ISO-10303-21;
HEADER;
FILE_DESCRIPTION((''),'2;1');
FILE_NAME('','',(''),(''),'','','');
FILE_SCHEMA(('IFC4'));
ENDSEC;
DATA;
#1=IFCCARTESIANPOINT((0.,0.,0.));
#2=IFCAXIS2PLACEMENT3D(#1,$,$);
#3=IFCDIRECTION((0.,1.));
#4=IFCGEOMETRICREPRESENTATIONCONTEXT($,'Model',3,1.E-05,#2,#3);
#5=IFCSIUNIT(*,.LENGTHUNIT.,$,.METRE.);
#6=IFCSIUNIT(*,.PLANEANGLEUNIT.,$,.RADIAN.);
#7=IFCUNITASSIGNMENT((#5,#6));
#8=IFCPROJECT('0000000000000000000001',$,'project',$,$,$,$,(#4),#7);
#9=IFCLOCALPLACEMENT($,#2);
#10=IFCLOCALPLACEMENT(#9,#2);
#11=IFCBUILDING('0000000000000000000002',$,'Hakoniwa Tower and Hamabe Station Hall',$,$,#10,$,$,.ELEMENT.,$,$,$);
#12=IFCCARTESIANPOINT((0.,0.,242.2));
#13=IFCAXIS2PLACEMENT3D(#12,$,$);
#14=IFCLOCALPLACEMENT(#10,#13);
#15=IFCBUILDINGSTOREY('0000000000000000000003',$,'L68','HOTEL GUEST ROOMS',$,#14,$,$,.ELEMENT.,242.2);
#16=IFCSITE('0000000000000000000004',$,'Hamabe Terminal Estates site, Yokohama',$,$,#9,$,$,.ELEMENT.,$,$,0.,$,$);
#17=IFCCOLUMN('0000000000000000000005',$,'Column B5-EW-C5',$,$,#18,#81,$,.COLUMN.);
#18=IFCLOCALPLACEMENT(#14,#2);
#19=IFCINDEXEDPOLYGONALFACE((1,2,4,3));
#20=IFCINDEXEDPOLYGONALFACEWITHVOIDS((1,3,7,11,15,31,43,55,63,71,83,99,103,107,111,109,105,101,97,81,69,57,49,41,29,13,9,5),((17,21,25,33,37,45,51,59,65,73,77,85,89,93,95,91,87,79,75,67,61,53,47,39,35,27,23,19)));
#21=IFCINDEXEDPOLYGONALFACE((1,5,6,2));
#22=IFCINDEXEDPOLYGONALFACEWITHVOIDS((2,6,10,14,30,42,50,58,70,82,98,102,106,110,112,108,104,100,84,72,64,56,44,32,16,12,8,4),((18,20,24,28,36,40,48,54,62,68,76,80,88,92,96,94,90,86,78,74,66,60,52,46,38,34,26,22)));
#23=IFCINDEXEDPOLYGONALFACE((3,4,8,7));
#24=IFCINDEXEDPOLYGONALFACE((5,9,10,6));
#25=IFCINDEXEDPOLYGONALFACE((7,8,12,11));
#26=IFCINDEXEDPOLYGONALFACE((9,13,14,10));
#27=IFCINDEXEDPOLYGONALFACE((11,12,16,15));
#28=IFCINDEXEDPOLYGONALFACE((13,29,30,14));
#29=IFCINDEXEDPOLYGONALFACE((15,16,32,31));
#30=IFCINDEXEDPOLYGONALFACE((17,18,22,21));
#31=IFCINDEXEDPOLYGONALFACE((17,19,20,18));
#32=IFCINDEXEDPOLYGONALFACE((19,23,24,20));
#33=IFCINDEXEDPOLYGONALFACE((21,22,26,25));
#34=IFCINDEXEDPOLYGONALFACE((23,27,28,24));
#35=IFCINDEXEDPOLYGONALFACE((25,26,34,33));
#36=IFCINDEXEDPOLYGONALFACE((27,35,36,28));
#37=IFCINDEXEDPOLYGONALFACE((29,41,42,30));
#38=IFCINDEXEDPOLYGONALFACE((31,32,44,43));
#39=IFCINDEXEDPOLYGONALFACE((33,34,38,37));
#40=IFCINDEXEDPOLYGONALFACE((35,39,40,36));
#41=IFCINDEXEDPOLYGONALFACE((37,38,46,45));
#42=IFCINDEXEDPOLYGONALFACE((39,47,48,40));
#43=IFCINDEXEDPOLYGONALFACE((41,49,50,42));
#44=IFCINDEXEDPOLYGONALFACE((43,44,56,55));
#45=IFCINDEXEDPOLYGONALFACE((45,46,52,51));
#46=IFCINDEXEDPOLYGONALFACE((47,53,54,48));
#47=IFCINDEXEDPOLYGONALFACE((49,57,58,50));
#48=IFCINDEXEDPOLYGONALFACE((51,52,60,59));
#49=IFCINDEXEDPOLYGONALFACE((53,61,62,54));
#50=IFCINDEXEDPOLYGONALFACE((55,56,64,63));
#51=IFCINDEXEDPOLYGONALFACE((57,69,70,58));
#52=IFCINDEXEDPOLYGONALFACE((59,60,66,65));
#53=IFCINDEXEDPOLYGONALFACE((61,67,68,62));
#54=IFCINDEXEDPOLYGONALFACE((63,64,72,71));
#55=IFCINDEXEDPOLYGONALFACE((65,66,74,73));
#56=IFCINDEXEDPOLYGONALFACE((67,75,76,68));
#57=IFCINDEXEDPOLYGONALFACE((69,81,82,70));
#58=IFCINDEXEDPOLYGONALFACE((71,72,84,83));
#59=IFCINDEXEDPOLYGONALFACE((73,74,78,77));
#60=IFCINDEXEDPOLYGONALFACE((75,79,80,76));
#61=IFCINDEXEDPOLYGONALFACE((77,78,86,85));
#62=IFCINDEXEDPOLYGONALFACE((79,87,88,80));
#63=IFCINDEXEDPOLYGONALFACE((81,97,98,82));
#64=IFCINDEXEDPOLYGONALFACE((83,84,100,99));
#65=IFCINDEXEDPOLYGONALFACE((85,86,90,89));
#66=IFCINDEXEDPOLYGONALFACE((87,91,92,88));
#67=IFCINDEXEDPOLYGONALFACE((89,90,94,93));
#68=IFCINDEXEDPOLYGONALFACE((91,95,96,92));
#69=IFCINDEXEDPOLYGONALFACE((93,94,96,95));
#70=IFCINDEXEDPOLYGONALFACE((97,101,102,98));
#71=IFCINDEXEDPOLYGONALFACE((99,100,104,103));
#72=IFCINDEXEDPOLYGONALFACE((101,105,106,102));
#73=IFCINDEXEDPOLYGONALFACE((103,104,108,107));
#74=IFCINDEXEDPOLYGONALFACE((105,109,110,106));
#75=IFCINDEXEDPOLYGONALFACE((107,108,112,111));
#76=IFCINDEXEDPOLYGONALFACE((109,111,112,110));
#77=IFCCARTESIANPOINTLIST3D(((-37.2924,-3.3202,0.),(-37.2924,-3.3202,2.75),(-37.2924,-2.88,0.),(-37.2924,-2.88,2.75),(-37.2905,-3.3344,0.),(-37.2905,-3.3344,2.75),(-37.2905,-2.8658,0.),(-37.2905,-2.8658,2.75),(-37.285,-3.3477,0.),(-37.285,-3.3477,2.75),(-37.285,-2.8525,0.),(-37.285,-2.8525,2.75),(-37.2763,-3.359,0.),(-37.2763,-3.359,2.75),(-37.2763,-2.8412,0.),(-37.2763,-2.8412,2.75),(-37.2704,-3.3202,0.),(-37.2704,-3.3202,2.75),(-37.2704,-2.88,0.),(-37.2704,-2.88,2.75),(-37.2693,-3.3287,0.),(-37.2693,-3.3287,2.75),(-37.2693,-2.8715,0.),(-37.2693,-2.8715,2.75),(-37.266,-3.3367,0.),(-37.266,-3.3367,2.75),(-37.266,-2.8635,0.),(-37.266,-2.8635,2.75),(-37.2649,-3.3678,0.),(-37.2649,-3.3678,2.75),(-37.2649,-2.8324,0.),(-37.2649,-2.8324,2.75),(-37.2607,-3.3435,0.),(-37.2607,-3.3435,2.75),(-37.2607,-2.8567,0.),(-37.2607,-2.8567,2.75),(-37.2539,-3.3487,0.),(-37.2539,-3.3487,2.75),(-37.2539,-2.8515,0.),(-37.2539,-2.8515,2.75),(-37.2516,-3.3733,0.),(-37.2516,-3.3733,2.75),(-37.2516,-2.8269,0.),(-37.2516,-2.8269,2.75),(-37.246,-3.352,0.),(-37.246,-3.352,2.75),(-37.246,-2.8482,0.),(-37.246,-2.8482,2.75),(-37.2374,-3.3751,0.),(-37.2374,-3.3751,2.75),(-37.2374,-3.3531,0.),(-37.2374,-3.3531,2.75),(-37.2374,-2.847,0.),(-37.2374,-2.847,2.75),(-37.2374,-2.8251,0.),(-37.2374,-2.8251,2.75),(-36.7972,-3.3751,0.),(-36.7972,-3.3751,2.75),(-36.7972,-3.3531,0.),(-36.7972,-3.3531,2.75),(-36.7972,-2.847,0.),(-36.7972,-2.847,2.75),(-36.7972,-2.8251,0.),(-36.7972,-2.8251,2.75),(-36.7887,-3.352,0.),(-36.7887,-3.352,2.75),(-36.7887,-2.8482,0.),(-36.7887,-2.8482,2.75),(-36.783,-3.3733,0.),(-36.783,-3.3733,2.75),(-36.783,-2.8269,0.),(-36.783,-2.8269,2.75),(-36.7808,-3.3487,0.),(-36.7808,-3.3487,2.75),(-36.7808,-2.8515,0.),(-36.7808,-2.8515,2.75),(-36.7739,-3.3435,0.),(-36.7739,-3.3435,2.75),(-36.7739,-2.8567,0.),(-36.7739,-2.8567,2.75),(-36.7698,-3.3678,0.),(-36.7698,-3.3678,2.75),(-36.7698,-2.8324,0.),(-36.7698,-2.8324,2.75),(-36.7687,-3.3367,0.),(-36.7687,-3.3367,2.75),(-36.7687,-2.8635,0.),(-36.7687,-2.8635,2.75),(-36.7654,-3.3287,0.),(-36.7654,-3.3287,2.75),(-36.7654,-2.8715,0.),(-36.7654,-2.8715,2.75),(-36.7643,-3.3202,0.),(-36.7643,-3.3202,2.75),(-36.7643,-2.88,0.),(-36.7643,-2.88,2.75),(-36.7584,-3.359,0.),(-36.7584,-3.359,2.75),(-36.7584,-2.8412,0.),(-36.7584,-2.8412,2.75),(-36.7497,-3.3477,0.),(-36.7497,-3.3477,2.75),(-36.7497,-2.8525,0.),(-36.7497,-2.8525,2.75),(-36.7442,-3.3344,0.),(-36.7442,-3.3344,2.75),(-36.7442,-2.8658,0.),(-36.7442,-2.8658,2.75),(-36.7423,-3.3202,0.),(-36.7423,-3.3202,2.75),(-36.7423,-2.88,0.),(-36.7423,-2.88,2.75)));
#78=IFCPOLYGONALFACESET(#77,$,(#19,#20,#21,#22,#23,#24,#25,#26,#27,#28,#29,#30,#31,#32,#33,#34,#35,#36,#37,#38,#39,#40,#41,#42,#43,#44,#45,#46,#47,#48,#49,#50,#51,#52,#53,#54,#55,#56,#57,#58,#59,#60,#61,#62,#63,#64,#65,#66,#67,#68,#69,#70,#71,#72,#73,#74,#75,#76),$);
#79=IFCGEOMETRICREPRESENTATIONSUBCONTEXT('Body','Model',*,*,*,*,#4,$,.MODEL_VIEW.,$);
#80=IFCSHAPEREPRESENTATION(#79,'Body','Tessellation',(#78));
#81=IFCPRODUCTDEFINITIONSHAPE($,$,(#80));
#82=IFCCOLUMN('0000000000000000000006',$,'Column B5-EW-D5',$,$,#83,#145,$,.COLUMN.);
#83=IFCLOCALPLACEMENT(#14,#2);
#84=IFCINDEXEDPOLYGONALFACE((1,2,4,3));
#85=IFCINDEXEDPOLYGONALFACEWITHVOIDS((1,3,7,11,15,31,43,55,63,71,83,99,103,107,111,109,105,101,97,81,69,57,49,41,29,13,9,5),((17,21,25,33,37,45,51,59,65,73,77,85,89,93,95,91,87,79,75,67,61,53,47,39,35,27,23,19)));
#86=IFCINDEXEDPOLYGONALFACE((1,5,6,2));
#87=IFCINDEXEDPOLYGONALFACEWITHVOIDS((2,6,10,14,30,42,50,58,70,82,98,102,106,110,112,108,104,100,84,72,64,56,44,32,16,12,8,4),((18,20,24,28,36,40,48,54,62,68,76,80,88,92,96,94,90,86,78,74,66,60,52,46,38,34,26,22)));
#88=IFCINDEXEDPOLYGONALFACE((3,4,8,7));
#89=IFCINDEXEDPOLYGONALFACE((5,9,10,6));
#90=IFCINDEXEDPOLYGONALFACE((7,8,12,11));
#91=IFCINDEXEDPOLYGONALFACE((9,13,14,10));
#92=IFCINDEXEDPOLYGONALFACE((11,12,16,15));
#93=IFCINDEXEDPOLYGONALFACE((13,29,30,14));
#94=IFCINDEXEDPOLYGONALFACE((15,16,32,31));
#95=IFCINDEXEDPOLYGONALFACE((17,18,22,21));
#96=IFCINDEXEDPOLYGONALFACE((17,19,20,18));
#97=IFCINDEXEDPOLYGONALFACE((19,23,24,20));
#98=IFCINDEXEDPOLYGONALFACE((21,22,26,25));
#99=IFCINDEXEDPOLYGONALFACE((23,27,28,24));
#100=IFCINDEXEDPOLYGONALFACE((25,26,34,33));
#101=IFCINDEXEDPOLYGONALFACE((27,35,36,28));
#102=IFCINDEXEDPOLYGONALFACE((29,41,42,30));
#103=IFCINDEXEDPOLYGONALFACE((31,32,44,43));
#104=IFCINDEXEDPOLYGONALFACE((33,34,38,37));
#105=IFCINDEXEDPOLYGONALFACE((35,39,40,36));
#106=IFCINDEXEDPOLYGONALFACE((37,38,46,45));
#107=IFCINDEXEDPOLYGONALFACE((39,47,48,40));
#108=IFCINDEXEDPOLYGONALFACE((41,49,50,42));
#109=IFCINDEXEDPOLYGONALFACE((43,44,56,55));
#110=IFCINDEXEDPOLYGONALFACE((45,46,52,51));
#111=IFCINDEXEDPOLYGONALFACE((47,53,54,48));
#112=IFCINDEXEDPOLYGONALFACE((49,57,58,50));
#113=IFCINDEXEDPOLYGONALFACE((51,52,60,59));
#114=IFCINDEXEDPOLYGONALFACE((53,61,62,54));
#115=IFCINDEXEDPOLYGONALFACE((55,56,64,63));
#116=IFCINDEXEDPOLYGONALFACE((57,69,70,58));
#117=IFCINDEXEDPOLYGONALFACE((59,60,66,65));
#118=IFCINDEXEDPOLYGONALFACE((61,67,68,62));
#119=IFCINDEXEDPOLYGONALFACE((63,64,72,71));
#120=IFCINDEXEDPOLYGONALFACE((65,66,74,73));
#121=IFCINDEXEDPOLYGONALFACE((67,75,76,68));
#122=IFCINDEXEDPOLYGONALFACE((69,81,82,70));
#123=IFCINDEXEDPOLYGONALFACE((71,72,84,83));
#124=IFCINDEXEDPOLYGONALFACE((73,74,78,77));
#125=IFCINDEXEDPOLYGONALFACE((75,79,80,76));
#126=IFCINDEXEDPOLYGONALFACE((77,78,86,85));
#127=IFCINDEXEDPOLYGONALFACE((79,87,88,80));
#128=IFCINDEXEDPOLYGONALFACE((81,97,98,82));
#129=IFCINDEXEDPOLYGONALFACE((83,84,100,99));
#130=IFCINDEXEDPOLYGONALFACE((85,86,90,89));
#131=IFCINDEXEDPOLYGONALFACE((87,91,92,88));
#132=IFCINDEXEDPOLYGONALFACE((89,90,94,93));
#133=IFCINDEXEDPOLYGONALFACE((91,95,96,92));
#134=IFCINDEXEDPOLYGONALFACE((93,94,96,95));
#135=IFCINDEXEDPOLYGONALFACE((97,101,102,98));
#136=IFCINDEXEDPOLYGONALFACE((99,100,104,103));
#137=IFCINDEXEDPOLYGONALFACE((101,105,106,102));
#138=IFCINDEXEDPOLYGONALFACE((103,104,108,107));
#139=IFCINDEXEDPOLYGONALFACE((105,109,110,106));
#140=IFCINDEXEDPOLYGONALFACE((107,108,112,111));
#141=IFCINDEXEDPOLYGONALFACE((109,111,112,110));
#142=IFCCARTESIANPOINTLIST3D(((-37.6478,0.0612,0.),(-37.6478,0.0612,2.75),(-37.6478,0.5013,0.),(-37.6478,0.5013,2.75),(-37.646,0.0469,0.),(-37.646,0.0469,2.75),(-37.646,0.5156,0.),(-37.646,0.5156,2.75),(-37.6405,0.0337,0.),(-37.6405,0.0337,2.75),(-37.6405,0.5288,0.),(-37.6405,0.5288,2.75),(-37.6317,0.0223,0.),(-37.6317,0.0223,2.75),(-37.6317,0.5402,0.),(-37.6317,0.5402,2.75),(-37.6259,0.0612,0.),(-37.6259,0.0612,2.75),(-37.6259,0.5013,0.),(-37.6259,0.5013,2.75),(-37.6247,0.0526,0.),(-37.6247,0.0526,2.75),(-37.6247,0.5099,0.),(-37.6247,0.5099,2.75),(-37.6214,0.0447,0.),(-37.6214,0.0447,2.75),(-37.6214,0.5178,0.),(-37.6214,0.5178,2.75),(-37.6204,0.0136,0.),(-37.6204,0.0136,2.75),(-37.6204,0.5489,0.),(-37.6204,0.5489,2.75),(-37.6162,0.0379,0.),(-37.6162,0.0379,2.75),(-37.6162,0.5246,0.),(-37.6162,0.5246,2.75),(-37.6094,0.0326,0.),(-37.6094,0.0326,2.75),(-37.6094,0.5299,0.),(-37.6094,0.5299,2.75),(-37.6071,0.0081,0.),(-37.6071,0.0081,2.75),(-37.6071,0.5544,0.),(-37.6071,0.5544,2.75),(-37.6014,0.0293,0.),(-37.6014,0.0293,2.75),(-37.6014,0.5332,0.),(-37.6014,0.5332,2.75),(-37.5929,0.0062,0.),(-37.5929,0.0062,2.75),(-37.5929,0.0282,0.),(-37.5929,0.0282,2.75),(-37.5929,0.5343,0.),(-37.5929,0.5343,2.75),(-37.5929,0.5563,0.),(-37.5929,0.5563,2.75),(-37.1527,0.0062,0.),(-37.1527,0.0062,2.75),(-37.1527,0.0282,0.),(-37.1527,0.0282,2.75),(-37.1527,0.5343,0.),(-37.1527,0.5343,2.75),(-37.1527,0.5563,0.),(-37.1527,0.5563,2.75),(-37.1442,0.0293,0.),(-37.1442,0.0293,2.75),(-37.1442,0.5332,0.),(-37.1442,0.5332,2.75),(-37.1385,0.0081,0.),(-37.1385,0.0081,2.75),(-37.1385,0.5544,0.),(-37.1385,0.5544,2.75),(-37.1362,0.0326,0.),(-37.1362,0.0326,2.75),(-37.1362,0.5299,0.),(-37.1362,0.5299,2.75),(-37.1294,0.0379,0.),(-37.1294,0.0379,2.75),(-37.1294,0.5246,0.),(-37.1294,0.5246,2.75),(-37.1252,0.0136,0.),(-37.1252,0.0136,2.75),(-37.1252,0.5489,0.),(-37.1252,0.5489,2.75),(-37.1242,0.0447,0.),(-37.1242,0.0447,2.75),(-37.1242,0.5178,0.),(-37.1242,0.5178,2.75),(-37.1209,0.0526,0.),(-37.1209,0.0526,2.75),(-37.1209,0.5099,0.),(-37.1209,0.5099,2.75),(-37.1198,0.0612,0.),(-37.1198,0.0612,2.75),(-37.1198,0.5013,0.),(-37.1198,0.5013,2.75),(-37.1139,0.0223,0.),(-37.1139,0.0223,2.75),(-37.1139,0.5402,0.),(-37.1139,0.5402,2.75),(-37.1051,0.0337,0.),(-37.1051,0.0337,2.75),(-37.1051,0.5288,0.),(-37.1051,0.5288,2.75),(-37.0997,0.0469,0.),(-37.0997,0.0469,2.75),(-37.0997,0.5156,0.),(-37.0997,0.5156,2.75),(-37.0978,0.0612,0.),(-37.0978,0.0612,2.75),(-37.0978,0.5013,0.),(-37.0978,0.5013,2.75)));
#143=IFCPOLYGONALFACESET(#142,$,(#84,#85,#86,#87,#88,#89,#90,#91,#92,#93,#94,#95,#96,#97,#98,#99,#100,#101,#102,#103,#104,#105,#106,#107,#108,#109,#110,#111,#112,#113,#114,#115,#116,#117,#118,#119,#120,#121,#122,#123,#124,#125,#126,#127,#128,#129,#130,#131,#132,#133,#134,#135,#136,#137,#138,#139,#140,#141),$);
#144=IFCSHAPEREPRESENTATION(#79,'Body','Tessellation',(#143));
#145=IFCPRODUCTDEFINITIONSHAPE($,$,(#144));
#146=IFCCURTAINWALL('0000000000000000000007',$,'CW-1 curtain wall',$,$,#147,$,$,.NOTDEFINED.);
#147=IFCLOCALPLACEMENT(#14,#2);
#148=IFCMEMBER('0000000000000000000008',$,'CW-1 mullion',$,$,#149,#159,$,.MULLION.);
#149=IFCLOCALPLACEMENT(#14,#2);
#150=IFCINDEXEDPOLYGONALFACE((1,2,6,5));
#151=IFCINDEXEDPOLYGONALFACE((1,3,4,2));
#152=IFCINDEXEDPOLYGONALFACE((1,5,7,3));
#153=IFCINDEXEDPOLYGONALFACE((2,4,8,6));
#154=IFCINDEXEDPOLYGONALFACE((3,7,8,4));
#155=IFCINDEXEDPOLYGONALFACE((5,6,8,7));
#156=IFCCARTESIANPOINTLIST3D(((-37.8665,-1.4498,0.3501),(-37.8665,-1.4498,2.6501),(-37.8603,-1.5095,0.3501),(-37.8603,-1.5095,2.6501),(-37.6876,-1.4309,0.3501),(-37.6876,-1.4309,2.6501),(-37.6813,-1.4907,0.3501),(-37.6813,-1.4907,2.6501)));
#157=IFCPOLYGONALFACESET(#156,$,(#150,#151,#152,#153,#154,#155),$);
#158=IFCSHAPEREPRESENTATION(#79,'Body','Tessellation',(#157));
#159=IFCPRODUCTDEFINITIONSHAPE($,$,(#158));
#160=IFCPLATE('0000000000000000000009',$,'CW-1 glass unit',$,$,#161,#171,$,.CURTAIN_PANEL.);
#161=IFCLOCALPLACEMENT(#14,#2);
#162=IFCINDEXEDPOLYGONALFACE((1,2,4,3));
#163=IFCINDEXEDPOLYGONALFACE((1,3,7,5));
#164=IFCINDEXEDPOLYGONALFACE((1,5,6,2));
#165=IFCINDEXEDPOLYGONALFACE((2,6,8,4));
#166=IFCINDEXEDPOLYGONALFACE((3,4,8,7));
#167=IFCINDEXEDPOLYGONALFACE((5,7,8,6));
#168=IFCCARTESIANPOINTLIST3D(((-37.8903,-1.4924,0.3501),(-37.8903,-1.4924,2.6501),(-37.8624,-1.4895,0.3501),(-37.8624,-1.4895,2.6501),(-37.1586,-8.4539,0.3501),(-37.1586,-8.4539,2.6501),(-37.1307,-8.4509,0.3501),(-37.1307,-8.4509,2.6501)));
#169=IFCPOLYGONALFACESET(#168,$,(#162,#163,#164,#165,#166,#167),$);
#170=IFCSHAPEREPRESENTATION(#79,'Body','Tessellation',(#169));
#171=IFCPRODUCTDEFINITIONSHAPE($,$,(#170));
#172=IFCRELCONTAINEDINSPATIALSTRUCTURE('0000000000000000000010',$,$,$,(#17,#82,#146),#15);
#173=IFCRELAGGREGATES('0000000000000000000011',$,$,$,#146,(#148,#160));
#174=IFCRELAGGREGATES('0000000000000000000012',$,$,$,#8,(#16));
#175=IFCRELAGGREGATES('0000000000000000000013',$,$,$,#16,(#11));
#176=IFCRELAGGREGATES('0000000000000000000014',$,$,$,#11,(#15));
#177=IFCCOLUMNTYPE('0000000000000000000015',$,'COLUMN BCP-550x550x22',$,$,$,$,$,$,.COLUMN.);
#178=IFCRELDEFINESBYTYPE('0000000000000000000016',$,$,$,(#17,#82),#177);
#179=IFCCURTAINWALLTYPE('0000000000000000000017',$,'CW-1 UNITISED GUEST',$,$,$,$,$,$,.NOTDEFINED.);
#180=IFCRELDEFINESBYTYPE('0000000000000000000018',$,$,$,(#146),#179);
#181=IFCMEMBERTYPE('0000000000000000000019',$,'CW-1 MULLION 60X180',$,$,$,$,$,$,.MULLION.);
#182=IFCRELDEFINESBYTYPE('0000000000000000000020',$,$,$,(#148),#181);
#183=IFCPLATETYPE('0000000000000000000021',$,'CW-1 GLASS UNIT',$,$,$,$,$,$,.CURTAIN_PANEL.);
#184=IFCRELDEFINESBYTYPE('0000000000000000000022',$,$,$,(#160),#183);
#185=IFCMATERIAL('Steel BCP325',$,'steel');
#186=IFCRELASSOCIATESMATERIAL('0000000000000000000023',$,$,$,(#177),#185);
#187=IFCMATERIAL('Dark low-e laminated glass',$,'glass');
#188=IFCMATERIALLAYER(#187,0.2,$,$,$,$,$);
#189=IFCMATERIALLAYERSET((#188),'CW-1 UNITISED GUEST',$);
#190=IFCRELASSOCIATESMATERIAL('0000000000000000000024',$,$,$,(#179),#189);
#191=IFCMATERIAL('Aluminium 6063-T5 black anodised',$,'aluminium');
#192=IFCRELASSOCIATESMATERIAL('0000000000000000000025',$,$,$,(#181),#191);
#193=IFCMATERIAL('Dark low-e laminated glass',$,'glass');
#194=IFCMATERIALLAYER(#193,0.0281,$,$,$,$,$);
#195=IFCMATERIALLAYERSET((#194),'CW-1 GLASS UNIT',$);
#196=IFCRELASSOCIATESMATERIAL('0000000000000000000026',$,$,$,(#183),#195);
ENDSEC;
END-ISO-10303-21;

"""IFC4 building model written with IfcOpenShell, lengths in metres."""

from ifc_helpers import new_model, si_unit, direction, frame, origin, origin_2d, place, context, subcontext, project, spatial, rectangle, hollow_rectangle, extrude, material, layer, layer_set, material_profile, profile_set, type_object, element, aggregate, save


model = new_model("IFC4")

# Units and contexts
model_context = context("Model", 3, precision=1e-05, world=origin(), true_north=direction((0.0, 1.0)))
body_context = subcontext(model_context, "Body", "Model", "MODEL_VIEW")
ifc_project = project(units=[si_unit("LENGTHUNIT", "METRE"), si_unit("PLANEANGLEUNIT", "RADIAN")], contexts=[model_context])

# Site, building, storey
site_placement = place(None, origin())
site = spatial("IfcSite", under=ifc_project, at=site_placement, Name="Hamabe Terminal Estates site, Yokohama", CompositionType="ELEMENT", RefElevation=0.0)
building_placement = place(site_placement, origin())
building = spatial("IfcBuilding", under=site, at=building_placement, Name="Hakoniwa Tower and Hamabe Station Hall", CompositionType="ELEMENT")
storey_placement = place(building_placement, frame((0.0, 0.0, 242.2)))
storey = spatial("IfcBuildingStorey", under=building, at=storey_placement, Name="L68", Description="HOTEL GUEST ROOMS", CompositionType="ELEMENT", Elevation=242.2)

# Columns
ifc_material_1 = material(Name="Steel BCP325", Category="steel")
ifc_material_profile_1 = material_profile(ifc_material_1, hollow_rectangle(XDim=0.55, YDim=0.55, WallThickness=0.022, InnerFilletRadius=0.033, OuterFilletRadius=0.0549, at=origin_2d()), Name="BCP-550x550x22")
ifc_profile_set_1 = profile_set([ifc_material_profile_1], Name="Steel BCP325")
column_type = type_object("IfcColumnType", Name="COLUMN BCP-550x550x22", PredefinedType="COLUMN", material=ifc_profile_set_1)
for number, where, z_axis, x_axis, name in (
    (1, (-37.0173, -3.1001, 0.0), (0.0, 0.0, 1.0), (1.0, 0.0, 0.0), "Column B5-EW-C5"),
    (2, (-37.3728, 0.2812, 0.0), (0.0, 0.0, 1.0), (1.0, 0.0, 0.0), "Column B5-EW-D5"),
):
    element("IfcColumn", number, at=place(storey_placement, frame(where, z_axis=z_axis, x_axis=x_axis)), inside=storey, type_object=column_type, Name=name, PredefinedType="COLUMN", context=body_context, shape_type="SweptSolid", body=[
        extrude(hollow_rectangle(XDim=0.55, YDim=0.55, WallThickness=0.022, InnerFilletRadius=0.033, OuterFilletRadius=0.0549, at=origin_2d()), origin(), (0.0, 0.0, 1.0), 2.75),
    ])

# Curtain wall, member, plate
ifc_material_2 = material(Name="Dark low-e laminated glass", Category="glass")
ifc_layer_1 = layer(ifc_material_2, 0.2)
ifc_layer_set_1 = layer_set([ifc_layer_1], Name="CW-1 UNITISED GUEST")
curtain_wall_type = type_object("IfcCurtainWallType", Name="CW-1 UNITISED GUEST", PredefinedType="NOTDEFINED", material=ifc_layer_set_1)
curtain_wall_placement = place(storey_placement, origin())
curtain_wall = element("IfcCurtainWall", 3, at=curtain_wall_placement, inside=storey, type_object=curtain_wall_type, Name="CW-1 curtain wall", PredefinedType="NOTDEFINED")
ifc_material_3 = material(Name="Aluminium 6063-T5 black anodised", Category="aluminium")
ifc_material_profile_2 = material_profile(ifc_material_3, rectangle(XDim=0.0601, YDim=0.1799, at=origin_2d()), Name="CW-1 MULLION 60X180")
ifc_profile_set_2 = profile_set([ifc_material_profile_2], Name="Aluminium 6063-T5 black anodised")
member_type = type_object("IfcMemberType", Name="CW-1 MULLION 60X180", PredefinedType="MULLION", material=ifc_profile_set_2)
member_placement = place(storey_placement, frame((-37.7739, -1.4702, 0.3501), z_axis=(0.0, 0.0, 1.0), x_axis=(0.104528, -0.994522, 0.0)))
member = element("IfcMember", 4, at=member_placement, type_object=member_type, Name="CW-1 mullion", PredefinedType="MULLION", context=body_context, shape_type="SweptSolid", body=[
    extrude(rectangle(XDim=0.0601, YDim=0.1799, at=origin_2d()), origin(), (0.0, 0.0, 1.0), 2.3),
])
ifc_material_4 = material(Name="Dark low-e laminated glass", Category="glass")
ifc_layer_2 = layer(ifc_material_4, 0.0281)
ifc_layer_set_2 = layer_set([ifc_layer_2], Name="CW-1 GLASS UNIT")
plate_type = type_object("IfcPlateType", Name="CW-1 GLASS UNIT", PredefinedType="CURTAIN_PANEL", material=ifc_layer_set_2)
plate_placement = place(storey_placement, frame((-37.5105, -4.9717, 0.3501), z_axis=(0.0, 0.0, 1.0), x_axis=(0.104528, -0.994522, 0.0)))
plate = element("IfcPlate", 5, at=plate_placement, type_object=plate_type, Name="CW-1 glass unit", PredefinedType="CURTAIN_PANEL", context=body_context, shape_type="SweptSolid", body=[
    extrude(rectangle(XDim=6.9998, YDim=0.0281, at=origin_2d()), origin(), (0.0, 0.0, 1.0), 2.3),
])
aggregate(curtain_wall, [member, plate])

save(model, "model.ifc")
